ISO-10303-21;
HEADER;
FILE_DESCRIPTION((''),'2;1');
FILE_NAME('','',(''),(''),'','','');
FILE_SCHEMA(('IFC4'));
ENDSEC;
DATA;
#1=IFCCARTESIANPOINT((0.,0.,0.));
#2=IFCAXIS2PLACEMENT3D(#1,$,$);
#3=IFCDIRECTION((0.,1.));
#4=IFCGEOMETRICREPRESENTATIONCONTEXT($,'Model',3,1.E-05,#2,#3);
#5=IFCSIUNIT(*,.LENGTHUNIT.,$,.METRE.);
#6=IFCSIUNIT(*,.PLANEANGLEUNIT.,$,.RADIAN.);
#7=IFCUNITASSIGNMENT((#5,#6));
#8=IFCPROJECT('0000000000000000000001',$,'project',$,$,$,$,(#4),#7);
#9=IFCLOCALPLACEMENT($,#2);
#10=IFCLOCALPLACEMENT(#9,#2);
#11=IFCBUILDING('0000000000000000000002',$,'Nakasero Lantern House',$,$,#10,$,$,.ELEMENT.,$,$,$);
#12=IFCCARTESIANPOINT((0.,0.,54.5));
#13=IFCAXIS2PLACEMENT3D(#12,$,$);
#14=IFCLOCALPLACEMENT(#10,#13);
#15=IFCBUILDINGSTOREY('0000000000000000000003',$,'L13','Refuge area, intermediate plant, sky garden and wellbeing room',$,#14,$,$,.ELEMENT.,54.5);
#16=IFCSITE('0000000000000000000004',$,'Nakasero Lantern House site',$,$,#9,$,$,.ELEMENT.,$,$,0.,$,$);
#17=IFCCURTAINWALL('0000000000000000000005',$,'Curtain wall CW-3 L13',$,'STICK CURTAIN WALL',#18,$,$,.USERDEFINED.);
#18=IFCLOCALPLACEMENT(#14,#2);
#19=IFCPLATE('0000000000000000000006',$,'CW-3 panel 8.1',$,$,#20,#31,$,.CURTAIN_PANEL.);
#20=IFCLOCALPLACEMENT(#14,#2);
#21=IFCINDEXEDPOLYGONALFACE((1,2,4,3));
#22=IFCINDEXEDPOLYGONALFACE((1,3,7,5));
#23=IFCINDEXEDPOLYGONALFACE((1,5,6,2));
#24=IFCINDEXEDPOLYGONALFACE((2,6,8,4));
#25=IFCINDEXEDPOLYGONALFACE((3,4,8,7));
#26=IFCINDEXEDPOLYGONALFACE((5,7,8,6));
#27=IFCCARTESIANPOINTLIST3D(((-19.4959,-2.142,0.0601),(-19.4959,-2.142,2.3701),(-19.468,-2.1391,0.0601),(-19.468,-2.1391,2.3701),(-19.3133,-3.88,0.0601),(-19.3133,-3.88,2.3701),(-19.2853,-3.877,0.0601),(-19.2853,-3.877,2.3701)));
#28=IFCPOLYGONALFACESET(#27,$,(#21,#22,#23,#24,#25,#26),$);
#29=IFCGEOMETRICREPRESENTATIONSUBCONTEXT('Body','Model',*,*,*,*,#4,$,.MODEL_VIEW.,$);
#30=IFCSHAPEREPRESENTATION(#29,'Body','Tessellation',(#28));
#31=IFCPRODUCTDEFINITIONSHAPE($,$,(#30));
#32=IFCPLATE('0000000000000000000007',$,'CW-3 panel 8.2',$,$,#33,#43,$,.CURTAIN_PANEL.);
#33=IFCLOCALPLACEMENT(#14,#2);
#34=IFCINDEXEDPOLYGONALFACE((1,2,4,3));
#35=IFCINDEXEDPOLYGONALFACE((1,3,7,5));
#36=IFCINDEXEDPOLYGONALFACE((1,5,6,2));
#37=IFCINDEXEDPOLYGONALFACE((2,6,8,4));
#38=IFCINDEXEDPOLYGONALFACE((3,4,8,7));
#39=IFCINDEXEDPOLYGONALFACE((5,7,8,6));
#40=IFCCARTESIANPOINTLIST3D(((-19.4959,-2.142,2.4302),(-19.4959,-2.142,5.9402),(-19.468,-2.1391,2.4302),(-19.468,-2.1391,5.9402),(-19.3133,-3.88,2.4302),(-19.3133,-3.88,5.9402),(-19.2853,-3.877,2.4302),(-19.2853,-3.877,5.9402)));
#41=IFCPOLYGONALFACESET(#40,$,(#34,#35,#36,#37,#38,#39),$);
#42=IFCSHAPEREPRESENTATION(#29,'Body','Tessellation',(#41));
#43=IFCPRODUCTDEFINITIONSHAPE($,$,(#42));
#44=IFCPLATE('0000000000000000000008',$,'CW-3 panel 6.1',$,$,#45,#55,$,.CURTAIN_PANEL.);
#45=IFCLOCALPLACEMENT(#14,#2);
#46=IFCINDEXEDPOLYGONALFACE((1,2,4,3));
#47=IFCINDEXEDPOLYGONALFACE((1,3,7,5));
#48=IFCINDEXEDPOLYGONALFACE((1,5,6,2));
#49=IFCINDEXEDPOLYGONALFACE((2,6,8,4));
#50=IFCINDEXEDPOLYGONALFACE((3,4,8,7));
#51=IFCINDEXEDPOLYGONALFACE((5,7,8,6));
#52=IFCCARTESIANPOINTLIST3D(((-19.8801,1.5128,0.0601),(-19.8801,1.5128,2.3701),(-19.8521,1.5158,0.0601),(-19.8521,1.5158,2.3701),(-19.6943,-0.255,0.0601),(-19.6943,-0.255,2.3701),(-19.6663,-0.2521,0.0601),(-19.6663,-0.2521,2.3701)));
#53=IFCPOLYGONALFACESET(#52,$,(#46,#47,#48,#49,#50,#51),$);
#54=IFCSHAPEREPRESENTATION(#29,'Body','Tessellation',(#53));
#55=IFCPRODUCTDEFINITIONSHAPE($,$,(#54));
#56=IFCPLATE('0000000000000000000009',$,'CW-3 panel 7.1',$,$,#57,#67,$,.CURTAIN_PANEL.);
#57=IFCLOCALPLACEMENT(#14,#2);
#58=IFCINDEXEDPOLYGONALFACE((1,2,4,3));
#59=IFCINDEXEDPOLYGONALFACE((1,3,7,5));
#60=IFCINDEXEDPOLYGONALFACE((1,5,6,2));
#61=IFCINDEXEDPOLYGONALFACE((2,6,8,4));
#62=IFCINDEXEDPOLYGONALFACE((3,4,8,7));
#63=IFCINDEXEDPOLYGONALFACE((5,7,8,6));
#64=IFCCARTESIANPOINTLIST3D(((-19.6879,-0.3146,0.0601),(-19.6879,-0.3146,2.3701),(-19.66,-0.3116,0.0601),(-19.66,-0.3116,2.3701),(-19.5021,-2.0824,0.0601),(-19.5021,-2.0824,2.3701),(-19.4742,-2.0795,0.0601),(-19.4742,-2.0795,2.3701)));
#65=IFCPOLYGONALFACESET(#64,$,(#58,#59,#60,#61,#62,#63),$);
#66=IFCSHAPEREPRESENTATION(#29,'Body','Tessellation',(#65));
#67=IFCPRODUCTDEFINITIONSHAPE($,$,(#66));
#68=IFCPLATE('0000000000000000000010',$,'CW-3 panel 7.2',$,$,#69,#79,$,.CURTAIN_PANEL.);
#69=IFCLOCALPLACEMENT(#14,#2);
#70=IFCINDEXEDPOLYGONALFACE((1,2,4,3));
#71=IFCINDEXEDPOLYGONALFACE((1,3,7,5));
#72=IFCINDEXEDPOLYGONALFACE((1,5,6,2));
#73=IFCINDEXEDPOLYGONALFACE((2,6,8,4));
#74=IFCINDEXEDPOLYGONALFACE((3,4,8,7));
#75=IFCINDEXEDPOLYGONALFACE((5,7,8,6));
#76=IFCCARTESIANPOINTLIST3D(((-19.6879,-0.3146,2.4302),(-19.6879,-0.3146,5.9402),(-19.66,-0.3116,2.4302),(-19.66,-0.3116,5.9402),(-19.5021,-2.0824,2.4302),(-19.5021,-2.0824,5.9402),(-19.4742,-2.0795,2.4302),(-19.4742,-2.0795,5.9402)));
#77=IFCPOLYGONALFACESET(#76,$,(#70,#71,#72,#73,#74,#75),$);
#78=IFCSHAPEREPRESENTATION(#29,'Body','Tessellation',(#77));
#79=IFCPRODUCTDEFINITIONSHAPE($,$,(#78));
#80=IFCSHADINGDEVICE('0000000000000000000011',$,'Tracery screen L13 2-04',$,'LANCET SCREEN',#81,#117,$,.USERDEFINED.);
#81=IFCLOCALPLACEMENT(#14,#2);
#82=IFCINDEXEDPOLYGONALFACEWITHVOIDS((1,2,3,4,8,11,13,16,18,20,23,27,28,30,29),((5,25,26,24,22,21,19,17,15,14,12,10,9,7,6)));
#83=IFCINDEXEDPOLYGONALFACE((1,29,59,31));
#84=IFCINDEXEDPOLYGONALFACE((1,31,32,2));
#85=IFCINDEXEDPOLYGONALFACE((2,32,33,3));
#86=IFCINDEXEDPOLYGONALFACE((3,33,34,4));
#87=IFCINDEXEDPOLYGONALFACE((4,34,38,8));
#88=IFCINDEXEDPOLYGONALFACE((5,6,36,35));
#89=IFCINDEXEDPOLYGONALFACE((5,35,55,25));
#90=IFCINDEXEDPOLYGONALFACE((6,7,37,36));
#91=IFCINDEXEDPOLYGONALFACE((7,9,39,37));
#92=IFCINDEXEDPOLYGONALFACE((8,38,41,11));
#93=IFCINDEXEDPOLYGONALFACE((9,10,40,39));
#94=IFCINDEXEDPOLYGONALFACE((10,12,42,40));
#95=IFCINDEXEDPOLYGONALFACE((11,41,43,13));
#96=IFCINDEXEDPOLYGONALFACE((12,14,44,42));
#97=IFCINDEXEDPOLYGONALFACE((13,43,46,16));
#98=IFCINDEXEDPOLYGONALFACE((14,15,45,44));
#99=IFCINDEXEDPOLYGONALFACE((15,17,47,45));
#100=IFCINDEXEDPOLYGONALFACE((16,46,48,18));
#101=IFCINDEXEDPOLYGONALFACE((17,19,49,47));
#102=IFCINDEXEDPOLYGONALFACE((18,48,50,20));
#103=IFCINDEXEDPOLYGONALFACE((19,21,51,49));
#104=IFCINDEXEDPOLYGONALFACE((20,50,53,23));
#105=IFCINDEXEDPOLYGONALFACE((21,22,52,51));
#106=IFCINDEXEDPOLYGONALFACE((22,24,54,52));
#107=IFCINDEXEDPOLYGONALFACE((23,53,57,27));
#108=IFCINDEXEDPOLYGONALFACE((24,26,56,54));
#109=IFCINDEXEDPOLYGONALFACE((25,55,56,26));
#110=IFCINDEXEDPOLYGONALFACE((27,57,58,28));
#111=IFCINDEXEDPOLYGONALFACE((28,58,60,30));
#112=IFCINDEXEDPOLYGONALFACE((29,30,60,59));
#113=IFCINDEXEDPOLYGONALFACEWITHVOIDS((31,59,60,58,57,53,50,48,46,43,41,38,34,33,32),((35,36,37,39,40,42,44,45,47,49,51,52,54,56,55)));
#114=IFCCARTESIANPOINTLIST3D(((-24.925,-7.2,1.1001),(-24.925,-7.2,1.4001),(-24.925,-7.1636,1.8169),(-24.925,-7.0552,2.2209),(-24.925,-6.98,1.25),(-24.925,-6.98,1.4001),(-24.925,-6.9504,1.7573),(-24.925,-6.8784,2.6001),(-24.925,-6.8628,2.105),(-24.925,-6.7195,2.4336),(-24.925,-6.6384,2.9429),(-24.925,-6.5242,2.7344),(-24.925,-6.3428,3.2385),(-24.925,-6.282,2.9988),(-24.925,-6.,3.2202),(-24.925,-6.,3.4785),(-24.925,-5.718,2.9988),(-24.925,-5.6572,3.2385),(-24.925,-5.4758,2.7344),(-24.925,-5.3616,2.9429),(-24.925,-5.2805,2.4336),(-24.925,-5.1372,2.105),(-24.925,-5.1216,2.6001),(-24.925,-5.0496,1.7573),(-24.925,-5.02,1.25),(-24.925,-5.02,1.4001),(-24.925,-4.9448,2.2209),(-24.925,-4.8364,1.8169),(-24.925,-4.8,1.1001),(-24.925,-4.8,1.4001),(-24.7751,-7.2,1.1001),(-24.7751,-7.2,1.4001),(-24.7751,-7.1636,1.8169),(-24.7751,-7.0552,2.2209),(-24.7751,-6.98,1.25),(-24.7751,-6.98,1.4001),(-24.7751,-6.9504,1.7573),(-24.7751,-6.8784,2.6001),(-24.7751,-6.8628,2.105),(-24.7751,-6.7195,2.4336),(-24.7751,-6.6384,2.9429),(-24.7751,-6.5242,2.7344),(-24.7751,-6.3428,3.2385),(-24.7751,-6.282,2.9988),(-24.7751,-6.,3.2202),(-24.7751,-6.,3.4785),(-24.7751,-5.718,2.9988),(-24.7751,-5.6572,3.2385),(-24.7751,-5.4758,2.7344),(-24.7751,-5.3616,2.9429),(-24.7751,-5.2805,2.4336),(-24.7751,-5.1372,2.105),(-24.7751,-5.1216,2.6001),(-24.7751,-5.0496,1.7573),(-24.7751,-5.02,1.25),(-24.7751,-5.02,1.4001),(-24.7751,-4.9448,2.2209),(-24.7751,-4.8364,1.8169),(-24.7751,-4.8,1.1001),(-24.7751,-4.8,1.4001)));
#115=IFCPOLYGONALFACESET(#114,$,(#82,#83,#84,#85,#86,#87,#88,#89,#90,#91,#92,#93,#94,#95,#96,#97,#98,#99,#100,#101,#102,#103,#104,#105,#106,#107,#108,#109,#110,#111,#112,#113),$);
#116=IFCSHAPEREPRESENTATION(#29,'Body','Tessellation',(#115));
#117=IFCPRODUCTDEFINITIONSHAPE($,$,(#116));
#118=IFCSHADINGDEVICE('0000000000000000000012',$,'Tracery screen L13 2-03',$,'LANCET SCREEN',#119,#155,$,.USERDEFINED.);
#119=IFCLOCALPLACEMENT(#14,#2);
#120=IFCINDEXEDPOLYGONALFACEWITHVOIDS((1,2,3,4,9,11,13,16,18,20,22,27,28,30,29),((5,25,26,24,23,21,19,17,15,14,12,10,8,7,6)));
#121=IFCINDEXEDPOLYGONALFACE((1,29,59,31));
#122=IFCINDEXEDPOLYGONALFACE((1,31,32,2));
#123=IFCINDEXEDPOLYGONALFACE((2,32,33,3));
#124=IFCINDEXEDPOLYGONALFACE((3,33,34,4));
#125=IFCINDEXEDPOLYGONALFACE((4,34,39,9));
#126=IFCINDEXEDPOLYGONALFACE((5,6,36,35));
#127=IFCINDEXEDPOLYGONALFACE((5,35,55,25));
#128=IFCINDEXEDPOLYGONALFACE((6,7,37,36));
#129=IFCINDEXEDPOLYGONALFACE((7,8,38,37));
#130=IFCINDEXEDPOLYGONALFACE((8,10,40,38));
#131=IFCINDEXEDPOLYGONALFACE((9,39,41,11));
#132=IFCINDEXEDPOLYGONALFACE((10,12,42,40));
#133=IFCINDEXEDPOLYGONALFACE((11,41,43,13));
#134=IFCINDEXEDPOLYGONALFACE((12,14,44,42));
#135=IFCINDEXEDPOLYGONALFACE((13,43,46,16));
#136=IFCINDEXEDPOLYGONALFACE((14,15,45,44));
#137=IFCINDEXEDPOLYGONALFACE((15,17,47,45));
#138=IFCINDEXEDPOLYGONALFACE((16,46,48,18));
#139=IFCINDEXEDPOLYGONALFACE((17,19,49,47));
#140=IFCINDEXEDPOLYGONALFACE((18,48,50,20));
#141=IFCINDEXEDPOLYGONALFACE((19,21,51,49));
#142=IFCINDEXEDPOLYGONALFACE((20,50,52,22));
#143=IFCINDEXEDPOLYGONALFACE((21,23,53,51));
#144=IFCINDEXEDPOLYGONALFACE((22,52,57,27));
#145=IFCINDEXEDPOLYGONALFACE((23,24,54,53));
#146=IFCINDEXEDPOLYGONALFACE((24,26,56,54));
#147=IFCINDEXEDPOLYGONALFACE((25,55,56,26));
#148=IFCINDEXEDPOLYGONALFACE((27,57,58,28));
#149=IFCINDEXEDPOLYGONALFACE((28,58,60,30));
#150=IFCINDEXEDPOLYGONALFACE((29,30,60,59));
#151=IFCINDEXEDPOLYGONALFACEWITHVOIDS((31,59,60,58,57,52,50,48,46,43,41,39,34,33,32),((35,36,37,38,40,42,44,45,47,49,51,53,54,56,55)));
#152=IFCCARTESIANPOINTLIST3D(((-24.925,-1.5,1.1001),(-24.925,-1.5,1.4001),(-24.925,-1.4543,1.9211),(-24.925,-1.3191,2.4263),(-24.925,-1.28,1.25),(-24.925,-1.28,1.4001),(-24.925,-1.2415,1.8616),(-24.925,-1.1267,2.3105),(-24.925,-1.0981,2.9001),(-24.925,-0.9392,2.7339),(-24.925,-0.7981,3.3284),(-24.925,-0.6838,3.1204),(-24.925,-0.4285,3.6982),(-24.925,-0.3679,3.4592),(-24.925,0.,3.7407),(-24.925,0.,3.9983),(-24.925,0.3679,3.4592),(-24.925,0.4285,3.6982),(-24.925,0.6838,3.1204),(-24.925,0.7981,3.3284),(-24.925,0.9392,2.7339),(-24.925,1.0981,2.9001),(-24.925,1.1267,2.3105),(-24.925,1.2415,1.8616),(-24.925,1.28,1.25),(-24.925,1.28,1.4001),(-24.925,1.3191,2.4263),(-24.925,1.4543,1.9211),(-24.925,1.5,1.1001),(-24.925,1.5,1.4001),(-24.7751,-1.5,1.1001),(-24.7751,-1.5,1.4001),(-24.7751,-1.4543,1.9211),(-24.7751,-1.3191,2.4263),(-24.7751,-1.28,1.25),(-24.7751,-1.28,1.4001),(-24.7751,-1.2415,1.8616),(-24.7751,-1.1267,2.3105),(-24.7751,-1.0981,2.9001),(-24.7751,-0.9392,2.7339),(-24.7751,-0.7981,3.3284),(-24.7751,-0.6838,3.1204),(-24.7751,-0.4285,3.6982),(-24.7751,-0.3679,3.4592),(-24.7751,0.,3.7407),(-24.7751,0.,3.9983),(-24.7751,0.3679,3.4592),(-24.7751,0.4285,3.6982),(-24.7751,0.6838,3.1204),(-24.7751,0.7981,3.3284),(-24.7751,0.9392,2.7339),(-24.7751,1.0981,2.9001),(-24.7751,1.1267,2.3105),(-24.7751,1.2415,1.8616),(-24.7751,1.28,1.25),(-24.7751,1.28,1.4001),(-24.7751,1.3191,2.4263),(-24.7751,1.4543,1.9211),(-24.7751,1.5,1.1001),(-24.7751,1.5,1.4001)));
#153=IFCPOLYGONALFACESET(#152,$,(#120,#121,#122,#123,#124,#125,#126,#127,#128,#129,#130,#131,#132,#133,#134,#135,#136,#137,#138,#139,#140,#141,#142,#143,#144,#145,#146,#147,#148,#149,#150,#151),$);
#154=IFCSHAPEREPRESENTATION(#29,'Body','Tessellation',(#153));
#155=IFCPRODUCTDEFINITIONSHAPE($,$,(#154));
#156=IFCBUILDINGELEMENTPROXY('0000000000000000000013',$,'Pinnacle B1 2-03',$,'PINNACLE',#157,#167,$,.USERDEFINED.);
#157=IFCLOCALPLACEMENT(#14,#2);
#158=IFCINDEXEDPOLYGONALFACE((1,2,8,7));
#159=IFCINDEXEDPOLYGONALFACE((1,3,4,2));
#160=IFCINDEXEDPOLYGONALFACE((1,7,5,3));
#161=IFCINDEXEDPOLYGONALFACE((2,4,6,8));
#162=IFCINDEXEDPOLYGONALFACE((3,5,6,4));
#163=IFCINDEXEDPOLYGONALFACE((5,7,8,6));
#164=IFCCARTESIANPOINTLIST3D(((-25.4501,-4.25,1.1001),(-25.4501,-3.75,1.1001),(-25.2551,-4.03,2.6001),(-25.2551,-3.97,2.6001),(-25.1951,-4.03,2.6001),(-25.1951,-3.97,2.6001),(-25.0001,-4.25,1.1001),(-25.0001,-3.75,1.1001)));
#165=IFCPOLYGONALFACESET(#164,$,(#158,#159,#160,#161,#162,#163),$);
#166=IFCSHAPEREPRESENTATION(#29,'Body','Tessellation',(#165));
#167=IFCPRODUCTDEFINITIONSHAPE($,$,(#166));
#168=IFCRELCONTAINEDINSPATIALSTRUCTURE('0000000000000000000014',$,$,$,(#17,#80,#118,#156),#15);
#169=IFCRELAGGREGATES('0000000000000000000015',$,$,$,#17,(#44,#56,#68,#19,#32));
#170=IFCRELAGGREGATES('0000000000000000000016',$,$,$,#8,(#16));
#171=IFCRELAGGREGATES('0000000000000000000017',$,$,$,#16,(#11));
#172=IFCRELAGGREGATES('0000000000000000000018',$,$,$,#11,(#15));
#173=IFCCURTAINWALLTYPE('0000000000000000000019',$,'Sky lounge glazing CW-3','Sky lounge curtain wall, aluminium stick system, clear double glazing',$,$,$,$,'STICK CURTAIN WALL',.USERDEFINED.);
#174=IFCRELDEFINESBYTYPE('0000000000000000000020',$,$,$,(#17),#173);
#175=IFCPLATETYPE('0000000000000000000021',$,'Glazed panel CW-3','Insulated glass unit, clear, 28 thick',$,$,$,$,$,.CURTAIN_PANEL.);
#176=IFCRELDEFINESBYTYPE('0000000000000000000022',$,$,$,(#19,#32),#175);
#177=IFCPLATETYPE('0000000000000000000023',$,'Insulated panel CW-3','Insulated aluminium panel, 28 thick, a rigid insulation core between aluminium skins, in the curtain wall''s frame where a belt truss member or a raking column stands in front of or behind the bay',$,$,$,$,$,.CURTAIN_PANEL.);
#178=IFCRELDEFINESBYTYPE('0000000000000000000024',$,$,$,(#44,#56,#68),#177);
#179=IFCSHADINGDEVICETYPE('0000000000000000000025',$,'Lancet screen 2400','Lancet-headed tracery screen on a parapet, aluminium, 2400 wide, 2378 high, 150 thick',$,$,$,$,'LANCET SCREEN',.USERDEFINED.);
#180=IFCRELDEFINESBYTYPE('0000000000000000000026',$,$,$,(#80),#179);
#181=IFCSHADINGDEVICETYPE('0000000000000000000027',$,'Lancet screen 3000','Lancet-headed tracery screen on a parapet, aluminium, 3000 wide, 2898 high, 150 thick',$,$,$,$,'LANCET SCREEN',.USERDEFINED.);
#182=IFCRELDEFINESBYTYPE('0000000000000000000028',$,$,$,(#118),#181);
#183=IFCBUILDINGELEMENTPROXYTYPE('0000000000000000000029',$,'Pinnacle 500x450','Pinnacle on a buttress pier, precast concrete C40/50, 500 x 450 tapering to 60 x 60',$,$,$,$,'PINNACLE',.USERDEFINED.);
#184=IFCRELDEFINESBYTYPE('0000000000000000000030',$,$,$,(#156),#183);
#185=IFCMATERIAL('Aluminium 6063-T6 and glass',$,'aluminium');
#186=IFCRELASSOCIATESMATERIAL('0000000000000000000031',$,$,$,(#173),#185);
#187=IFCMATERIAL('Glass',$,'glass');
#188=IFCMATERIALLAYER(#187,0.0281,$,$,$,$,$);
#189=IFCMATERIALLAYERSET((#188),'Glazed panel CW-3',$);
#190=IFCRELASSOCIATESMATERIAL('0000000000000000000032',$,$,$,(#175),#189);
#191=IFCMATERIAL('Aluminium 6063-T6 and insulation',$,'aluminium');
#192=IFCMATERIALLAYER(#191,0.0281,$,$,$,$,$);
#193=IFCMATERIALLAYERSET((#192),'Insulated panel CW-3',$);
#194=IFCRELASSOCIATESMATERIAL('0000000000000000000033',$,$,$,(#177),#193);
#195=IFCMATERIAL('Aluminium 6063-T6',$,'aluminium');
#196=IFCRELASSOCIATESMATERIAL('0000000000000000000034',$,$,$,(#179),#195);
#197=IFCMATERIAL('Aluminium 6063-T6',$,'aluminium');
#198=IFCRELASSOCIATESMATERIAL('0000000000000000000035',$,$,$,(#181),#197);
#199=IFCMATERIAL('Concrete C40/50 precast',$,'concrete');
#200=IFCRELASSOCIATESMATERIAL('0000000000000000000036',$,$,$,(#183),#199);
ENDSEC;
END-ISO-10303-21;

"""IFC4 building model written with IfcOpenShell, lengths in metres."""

from ifc_helpers import new_model, entity, si_unit, direction, frame, origin, origin_2d, place, context, subcontext, project, spatial, polyline, rectangle, outline, extrude, material, layer, layer_set, type_object, element, aggregate, save


model = new_model("IFC4")

# Units and contexts
model_context = context("Model", 3, precision=1e-05, world=origin(), true_north=direction((0.0, 1.0)))
body_context = subcontext(model_context, "Body", "Model", "MODEL_VIEW")
ifc_project = project(units=[si_unit("LENGTHUNIT", "METRE"), si_unit("PLANEANGLEUNIT", "RADIAN")], contexts=[model_context])

# Site, building, storey
site_placement = place(None, origin())
site = spatial("IfcSite", under=ifc_project, at=site_placement, Name="Nakasero Lantern House site", CompositionType="ELEMENT", RefElevation=0.0)
building_placement = place(site_placement, origin())
building = spatial("IfcBuilding", under=site, at=building_placement, Name="Nakasero Lantern House", CompositionType="ELEMENT")
storey_placement = place(building_placement, frame((0.0, 0.0, 54.5)))
storey = spatial("IfcBuildingStorey", under=building, at=storey_placement, Name="L13", Description="Refuge area, intermediate plant, sky garden and wellbeing room", CompositionType="ELEMENT", Elevation=54.5)

# Curtain wall
ifc_material_1 = material(Name="Aluminium 6063-T6 and glass", Category="aluminium")
curtain_wall_type = type_object("IfcCurtainWallType", Name="Sky lounge glazing CW-3", Description="Sky lounge curtain wall, aluminium stick system, clear double glazing", ElementType="STICK CURTAIN WALL", PredefinedType="USERDEFINED", material=ifc_material_1)
curtain_wall_1_placement = place(storey_placement, origin())
curtain_wall_1 = element("IfcCurtainWall", 1, at=curtain_wall_1_placement, inside=storey, type_object=curtain_wall_type, Name="Curtain wall CW-3 L13", ObjectType="STICK CURTAIN WALL", PredefinedType="USERDEFINED")

# Plates
ifc_material_2 = material(Name="Glass", Category="glass")
ifc_layer_1 = layer(ifc_material_2, 0.0281)
ifc_layer_set_1 = layer_set([ifc_layer_1], Name="Glazed panel CW-3")
plate_type_1 = type_object("IfcPlateType", Name="Glazed panel CW-3", Description="Insulated glass unit, clear, 28 thick", PredefinedType="CURTAIN_PANEL", material=ifc_layer_set_1)
plate_1_placement = place(storey_placement, frame((-19.3906, -3.0095, 0.0601), z_axis=(0.0, 0.0, 1.0), x_axis=(0.104528, -0.994522, 0.0)))
plate_1 = element("IfcPlate", 2, at=plate_1_placement, type_object=plate_type_1, Name="CW-3 panel 8.1", PredefinedType="CURTAIN_PANEL", context=body_context, shape_type="SweptSolid", body=[
    extrude(rectangle(XDim=1.7476, YDim=0.0281, at=origin_2d()), origin(), (0.0, 0.0, 1.0), 2.3101),
])
plate_2_placement = place(storey_placement, frame((-19.3906, -3.0095, 2.4302), z_axis=(0.0, 0.0, 1.0), x_axis=(0.104528, -0.994522, 0.0)))
plate_2 = element("IfcPlate", 3, at=plate_2_placement, type_object=plate_type_1, Name="CW-3 panel 8.2", PredefinedType="CURTAIN_PANEL", context=body_context, shape_type="SweptSolid", body=[
    extrude(rectangle(XDim=1.7476, YDim=0.0281, at=origin_2d()), origin(), (0.0, 0.0, 1.0), 3.51),
])
ifc_material_3 = material(Name="Aluminium 6063-T6 and insulation", Category="aluminium")
ifc_layer_2 = layer(ifc_material_3, 0.0281)
ifc_layer_set_2 = layer_set([ifc_layer_2], Name="Insulated panel CW-3")
plate_type_2 = type_object("IfcPlateType", Name="Insulated panel CW-3", Description="Insulated aluminium panel, 28 thick, a rigid insulation core between aluminium skins, in the curtain wall's frame where a belt truss member or a raking column stands in front of or behind the bay", PredefinedType="CURTAIN_PANEL", material=ifc_layer_set_2)
plate_3_placement = place(storey_placement, frame((-19.7732, 0.6304, 0.0601), z_axis=(0.0, 0.0, 1.0), x_axis=(0.104528, -0.994522, 0.0)))
plate_3 = element("IfcPlate", 4, at=plate_3_placement, type_object=plate_type_2, Name="CW-3 panel 6.1", PredefinedType="CURTAIN_PANEL", context=body_context, shape_type="SweptSolid", body=[
    extrude(rectangle(XDim=1.7776, YDim=0.0281, at=origin_2d()), origin(), (0.0, 0.0, 1.0), 2.3101),
])
plate_4_placement = place(storey_placement, frame((-19.5811, -1.197, 0.0601), z_axis=(0.0, 0.0, 1.0), x_axis=(0.104528, -0.994522, 0.0)))
plate_4 = element("IfcPlate", 5, at=plate_4_placement, type_object=plate_type_2, Name="CW-3 panel 7.1", PredefinedType="CURTAIN_PANEL", context=body_context, shape_type="SweptSolid", body=[
    extrude(rectangle(XDim=1.7776, YDim=0.0281, at=origin_2d()), origin(), (0.0, 0.0, 1.0), 2.3101),
])
plate_5_placement = place(storey_placement, frame((-19.5811, -1.197, 2.4302), z_axis=(0.0, 0.0, 1.0), x_axis=(0.104528, -0.994522, 0.0)))
plate_5 = element("IfcPlate", 6, at=plate_5_placement, type_object=plate_type_2, Name="CW-3 panel 7.2", PredefinedType="CURTAIN_PANEL", context=body_context, shape_type="SweptSolid", body=[
    extrude(rectangle(XDim=1.7776, YDim=0.0281, at=origin_2d()), origin(), (0.0, 0.0, 1.0), 3.51),
])
aggregate(curtain_wall_1, [plate_3, plate_4, plate_5, plate_1, plate_2])

# Shading devices
ifc_material_4 = material(Name="Aluminium 6063-T6", Category="aluminium")
shading_device_type_1 = type_object("IfcShadingDeviceType", Name="Lancet screen 2400", Description="Lancet-headed tracery screen on a parapet, aluminium, 2400 wide, 2378 high, 150 thick", ElementType="LANCET SCREEN", PredefinedType="USERDEFINED", material=ifc_material_4)
shading_device_1_placement = place(storey_placement, frame((-24.8501, -6.0, 1.1001), z_axis=(0.0, 0.0, 1.0), x_axis=(0.0, -1.0, 0.0)))
element("IfcShadingDevice", 7, at=shading_device_1_placement, inside=storey, type_object=shading_device_type_1, Name="Tracery screen L13 2-04", ObjectType="LANCET SCREEN", PredefinedType="USERDEFINED", context=body_context, shape_type="SweptSolid", body=[
    extrude(outline(polyline([(-1.2, 0.0), (1.2, 0.0), (1.2, 0.3), (1.1636, 0.7168), (1.0552, 1.1208), (0.8784, 1.5), (0.6384, 1.8428), (0.3428, 2.1384), (0.0, 2.3784), (-0.3428, 2.1384), (-0.6384, 1.8428), (-0.8784, 1.5), (-1.0552, 1.1208), (-1.1636, 0.7168), (-1.2, 0.3), (-1.2, 0.0)]), holes=[polyline([(-0.98, 0.1499), (0.98, 0.1499), (0.98, 0.3), (0.9504, 0.6572), (0.8628, 1.0049), (0.7195, 1.3335), (0.5242, 1.6343), (0.282, 1.8987), (0.0, 2.1201), (-0.282, 1.8987), (-0.5242, 1.6343), (-0.7195, 1.3335), (-0.8628, 1.0049), (-0.9504, 0.6572), (-0.98, 0.3), (-0.98, 0.1499)])]), frame((0.0, 0.075, 0.0), z_axis=(0.0, -1.0, 0.0), x_axis=(1.0, 0.0, 0.0)), (0.0, 0.0, 1.0), 0.1499),
])
ifc_material_5 = material(Name="Aluminium 6063-T6", Category="aluminium")
shading_device_type_2 = type_object("IfcShadingDeviceType", Name="Lancet screen 3000", Description="Lancet-headed tracery screen on a parapet, aluminium, 3000 wide, 2898 high, 150 thick", ElementType="LANCET SCREEN", PredefinedType="USERDEFINED", material=ifc_material_5)
shading_device_2_placement = place(storey_placement, frame((-24.8501, 0.0, 1.1001), z_axis=(0.0, 0.0, 1.0), x_axis=(0.0, -1.0, 0.0)))
element("IfcShadingDevice", 8, at=shading_device_2_placement, inside=storey, type_object=shading_device_type_2, Name="Tracery screen L13 2-03", ObjectType="LANCET SCREEN", PredefinedType="USERDEFINED", context=body_context, shape_type="SweptSolid", body=[
    extrude(outline(polyline([(-1.5, 0.0), (1.5, 0.0), (1.5, 0.3), (1.4543, 0.821), (1.3191, 1.3262), (1.0981, 1.8), (0.7981, 2.2283), (0.4285, 2.5981), (0.0, 2.8982), (-0.4285, 2.5981), (-0.7981, 2.2283), (-1.0981, 1.8), (-1.3191, 1.3262), (-1.4543, 0.821), (-1.5, 0.3), (-1.5, 0.0)]), holes=[polyline([(-1.28, 0.1499), (1.28, 0.1499), (1.28, 0.3), (1.2415, 0.7615), (1.1267, 1.2104), (0.9392, 1.6338), (0.6838, 2.0203), (0.3679, 2.3591), (0.0, 2.6406), (-0.3679, 2.3591), (-0.6838, 2.0203), (-0.9392, 1.6338), (-1.1267, 1.2104), (-1.2415, 0.7615), (-1.28, 0.3), (-1.28, 0.1499)])]), frame((0.0, 0.075, 0.0), z_axis=(0.0, -1.0, 0.0), x_axis=(1.0, 0.0, 0.0)), (0.0, 0.0, 1.0), 0.1499),
])

# Building element proxy
ifc_material_6 = material(Name="Concrete C40/50 precast", Category="concrete")
building_element_proxy_type = type_object("IfcBuildingElementProxyType", Name="Pinnacle 500x450", Description="Pinnacle on a buttress pier, precast concrete C40/50, 500 x 450 tapering to 60 x 60", ElementType="PINNACLE", PredefinedType="USERDEFINED", material=ifc_material_6)
proxy_placement = place(storey_placement, frame((-25.2251, -4.0, 1.1001), z_axis=(0.0, 0.0, 1.0), x_axis=(-1.0, 0.0, 0.0)))
element("IfcBuildingElementProxy", 9, at=proxy_placement, inside=storey, type_object=building_element_proxy_type, Name="Pinnacle B1 2-03", ObjectType="PINNACLE", PredefinedType="USERDEFINED", context=body_context, shape_type="SweptSolid", body=[
    entity("IfcExtrudedAreaSolidTapered", entity("IfcRectangleProfileDef", "AREA", None, entity("IfcAxis2Placement2D", entity("IfcCartesianPoint", [0.0, 0.0])), 0.45, 0.5), entity("IfcAxis2Placement3D", entity("IfcCartesianPoint", [0.0, 0.0, 0.0])), entity("IfcDirection", [0.0, 0.0, 1.0]), 1.5, entity("IfcRectangleProfileDef", "AREA", None, entity("IfcAxis2Placement2D", entity("IfcCartesianPoint", [0.0, 0.0])), 0.0601, 0.0601)),
])

save(model, "model.ifc")
